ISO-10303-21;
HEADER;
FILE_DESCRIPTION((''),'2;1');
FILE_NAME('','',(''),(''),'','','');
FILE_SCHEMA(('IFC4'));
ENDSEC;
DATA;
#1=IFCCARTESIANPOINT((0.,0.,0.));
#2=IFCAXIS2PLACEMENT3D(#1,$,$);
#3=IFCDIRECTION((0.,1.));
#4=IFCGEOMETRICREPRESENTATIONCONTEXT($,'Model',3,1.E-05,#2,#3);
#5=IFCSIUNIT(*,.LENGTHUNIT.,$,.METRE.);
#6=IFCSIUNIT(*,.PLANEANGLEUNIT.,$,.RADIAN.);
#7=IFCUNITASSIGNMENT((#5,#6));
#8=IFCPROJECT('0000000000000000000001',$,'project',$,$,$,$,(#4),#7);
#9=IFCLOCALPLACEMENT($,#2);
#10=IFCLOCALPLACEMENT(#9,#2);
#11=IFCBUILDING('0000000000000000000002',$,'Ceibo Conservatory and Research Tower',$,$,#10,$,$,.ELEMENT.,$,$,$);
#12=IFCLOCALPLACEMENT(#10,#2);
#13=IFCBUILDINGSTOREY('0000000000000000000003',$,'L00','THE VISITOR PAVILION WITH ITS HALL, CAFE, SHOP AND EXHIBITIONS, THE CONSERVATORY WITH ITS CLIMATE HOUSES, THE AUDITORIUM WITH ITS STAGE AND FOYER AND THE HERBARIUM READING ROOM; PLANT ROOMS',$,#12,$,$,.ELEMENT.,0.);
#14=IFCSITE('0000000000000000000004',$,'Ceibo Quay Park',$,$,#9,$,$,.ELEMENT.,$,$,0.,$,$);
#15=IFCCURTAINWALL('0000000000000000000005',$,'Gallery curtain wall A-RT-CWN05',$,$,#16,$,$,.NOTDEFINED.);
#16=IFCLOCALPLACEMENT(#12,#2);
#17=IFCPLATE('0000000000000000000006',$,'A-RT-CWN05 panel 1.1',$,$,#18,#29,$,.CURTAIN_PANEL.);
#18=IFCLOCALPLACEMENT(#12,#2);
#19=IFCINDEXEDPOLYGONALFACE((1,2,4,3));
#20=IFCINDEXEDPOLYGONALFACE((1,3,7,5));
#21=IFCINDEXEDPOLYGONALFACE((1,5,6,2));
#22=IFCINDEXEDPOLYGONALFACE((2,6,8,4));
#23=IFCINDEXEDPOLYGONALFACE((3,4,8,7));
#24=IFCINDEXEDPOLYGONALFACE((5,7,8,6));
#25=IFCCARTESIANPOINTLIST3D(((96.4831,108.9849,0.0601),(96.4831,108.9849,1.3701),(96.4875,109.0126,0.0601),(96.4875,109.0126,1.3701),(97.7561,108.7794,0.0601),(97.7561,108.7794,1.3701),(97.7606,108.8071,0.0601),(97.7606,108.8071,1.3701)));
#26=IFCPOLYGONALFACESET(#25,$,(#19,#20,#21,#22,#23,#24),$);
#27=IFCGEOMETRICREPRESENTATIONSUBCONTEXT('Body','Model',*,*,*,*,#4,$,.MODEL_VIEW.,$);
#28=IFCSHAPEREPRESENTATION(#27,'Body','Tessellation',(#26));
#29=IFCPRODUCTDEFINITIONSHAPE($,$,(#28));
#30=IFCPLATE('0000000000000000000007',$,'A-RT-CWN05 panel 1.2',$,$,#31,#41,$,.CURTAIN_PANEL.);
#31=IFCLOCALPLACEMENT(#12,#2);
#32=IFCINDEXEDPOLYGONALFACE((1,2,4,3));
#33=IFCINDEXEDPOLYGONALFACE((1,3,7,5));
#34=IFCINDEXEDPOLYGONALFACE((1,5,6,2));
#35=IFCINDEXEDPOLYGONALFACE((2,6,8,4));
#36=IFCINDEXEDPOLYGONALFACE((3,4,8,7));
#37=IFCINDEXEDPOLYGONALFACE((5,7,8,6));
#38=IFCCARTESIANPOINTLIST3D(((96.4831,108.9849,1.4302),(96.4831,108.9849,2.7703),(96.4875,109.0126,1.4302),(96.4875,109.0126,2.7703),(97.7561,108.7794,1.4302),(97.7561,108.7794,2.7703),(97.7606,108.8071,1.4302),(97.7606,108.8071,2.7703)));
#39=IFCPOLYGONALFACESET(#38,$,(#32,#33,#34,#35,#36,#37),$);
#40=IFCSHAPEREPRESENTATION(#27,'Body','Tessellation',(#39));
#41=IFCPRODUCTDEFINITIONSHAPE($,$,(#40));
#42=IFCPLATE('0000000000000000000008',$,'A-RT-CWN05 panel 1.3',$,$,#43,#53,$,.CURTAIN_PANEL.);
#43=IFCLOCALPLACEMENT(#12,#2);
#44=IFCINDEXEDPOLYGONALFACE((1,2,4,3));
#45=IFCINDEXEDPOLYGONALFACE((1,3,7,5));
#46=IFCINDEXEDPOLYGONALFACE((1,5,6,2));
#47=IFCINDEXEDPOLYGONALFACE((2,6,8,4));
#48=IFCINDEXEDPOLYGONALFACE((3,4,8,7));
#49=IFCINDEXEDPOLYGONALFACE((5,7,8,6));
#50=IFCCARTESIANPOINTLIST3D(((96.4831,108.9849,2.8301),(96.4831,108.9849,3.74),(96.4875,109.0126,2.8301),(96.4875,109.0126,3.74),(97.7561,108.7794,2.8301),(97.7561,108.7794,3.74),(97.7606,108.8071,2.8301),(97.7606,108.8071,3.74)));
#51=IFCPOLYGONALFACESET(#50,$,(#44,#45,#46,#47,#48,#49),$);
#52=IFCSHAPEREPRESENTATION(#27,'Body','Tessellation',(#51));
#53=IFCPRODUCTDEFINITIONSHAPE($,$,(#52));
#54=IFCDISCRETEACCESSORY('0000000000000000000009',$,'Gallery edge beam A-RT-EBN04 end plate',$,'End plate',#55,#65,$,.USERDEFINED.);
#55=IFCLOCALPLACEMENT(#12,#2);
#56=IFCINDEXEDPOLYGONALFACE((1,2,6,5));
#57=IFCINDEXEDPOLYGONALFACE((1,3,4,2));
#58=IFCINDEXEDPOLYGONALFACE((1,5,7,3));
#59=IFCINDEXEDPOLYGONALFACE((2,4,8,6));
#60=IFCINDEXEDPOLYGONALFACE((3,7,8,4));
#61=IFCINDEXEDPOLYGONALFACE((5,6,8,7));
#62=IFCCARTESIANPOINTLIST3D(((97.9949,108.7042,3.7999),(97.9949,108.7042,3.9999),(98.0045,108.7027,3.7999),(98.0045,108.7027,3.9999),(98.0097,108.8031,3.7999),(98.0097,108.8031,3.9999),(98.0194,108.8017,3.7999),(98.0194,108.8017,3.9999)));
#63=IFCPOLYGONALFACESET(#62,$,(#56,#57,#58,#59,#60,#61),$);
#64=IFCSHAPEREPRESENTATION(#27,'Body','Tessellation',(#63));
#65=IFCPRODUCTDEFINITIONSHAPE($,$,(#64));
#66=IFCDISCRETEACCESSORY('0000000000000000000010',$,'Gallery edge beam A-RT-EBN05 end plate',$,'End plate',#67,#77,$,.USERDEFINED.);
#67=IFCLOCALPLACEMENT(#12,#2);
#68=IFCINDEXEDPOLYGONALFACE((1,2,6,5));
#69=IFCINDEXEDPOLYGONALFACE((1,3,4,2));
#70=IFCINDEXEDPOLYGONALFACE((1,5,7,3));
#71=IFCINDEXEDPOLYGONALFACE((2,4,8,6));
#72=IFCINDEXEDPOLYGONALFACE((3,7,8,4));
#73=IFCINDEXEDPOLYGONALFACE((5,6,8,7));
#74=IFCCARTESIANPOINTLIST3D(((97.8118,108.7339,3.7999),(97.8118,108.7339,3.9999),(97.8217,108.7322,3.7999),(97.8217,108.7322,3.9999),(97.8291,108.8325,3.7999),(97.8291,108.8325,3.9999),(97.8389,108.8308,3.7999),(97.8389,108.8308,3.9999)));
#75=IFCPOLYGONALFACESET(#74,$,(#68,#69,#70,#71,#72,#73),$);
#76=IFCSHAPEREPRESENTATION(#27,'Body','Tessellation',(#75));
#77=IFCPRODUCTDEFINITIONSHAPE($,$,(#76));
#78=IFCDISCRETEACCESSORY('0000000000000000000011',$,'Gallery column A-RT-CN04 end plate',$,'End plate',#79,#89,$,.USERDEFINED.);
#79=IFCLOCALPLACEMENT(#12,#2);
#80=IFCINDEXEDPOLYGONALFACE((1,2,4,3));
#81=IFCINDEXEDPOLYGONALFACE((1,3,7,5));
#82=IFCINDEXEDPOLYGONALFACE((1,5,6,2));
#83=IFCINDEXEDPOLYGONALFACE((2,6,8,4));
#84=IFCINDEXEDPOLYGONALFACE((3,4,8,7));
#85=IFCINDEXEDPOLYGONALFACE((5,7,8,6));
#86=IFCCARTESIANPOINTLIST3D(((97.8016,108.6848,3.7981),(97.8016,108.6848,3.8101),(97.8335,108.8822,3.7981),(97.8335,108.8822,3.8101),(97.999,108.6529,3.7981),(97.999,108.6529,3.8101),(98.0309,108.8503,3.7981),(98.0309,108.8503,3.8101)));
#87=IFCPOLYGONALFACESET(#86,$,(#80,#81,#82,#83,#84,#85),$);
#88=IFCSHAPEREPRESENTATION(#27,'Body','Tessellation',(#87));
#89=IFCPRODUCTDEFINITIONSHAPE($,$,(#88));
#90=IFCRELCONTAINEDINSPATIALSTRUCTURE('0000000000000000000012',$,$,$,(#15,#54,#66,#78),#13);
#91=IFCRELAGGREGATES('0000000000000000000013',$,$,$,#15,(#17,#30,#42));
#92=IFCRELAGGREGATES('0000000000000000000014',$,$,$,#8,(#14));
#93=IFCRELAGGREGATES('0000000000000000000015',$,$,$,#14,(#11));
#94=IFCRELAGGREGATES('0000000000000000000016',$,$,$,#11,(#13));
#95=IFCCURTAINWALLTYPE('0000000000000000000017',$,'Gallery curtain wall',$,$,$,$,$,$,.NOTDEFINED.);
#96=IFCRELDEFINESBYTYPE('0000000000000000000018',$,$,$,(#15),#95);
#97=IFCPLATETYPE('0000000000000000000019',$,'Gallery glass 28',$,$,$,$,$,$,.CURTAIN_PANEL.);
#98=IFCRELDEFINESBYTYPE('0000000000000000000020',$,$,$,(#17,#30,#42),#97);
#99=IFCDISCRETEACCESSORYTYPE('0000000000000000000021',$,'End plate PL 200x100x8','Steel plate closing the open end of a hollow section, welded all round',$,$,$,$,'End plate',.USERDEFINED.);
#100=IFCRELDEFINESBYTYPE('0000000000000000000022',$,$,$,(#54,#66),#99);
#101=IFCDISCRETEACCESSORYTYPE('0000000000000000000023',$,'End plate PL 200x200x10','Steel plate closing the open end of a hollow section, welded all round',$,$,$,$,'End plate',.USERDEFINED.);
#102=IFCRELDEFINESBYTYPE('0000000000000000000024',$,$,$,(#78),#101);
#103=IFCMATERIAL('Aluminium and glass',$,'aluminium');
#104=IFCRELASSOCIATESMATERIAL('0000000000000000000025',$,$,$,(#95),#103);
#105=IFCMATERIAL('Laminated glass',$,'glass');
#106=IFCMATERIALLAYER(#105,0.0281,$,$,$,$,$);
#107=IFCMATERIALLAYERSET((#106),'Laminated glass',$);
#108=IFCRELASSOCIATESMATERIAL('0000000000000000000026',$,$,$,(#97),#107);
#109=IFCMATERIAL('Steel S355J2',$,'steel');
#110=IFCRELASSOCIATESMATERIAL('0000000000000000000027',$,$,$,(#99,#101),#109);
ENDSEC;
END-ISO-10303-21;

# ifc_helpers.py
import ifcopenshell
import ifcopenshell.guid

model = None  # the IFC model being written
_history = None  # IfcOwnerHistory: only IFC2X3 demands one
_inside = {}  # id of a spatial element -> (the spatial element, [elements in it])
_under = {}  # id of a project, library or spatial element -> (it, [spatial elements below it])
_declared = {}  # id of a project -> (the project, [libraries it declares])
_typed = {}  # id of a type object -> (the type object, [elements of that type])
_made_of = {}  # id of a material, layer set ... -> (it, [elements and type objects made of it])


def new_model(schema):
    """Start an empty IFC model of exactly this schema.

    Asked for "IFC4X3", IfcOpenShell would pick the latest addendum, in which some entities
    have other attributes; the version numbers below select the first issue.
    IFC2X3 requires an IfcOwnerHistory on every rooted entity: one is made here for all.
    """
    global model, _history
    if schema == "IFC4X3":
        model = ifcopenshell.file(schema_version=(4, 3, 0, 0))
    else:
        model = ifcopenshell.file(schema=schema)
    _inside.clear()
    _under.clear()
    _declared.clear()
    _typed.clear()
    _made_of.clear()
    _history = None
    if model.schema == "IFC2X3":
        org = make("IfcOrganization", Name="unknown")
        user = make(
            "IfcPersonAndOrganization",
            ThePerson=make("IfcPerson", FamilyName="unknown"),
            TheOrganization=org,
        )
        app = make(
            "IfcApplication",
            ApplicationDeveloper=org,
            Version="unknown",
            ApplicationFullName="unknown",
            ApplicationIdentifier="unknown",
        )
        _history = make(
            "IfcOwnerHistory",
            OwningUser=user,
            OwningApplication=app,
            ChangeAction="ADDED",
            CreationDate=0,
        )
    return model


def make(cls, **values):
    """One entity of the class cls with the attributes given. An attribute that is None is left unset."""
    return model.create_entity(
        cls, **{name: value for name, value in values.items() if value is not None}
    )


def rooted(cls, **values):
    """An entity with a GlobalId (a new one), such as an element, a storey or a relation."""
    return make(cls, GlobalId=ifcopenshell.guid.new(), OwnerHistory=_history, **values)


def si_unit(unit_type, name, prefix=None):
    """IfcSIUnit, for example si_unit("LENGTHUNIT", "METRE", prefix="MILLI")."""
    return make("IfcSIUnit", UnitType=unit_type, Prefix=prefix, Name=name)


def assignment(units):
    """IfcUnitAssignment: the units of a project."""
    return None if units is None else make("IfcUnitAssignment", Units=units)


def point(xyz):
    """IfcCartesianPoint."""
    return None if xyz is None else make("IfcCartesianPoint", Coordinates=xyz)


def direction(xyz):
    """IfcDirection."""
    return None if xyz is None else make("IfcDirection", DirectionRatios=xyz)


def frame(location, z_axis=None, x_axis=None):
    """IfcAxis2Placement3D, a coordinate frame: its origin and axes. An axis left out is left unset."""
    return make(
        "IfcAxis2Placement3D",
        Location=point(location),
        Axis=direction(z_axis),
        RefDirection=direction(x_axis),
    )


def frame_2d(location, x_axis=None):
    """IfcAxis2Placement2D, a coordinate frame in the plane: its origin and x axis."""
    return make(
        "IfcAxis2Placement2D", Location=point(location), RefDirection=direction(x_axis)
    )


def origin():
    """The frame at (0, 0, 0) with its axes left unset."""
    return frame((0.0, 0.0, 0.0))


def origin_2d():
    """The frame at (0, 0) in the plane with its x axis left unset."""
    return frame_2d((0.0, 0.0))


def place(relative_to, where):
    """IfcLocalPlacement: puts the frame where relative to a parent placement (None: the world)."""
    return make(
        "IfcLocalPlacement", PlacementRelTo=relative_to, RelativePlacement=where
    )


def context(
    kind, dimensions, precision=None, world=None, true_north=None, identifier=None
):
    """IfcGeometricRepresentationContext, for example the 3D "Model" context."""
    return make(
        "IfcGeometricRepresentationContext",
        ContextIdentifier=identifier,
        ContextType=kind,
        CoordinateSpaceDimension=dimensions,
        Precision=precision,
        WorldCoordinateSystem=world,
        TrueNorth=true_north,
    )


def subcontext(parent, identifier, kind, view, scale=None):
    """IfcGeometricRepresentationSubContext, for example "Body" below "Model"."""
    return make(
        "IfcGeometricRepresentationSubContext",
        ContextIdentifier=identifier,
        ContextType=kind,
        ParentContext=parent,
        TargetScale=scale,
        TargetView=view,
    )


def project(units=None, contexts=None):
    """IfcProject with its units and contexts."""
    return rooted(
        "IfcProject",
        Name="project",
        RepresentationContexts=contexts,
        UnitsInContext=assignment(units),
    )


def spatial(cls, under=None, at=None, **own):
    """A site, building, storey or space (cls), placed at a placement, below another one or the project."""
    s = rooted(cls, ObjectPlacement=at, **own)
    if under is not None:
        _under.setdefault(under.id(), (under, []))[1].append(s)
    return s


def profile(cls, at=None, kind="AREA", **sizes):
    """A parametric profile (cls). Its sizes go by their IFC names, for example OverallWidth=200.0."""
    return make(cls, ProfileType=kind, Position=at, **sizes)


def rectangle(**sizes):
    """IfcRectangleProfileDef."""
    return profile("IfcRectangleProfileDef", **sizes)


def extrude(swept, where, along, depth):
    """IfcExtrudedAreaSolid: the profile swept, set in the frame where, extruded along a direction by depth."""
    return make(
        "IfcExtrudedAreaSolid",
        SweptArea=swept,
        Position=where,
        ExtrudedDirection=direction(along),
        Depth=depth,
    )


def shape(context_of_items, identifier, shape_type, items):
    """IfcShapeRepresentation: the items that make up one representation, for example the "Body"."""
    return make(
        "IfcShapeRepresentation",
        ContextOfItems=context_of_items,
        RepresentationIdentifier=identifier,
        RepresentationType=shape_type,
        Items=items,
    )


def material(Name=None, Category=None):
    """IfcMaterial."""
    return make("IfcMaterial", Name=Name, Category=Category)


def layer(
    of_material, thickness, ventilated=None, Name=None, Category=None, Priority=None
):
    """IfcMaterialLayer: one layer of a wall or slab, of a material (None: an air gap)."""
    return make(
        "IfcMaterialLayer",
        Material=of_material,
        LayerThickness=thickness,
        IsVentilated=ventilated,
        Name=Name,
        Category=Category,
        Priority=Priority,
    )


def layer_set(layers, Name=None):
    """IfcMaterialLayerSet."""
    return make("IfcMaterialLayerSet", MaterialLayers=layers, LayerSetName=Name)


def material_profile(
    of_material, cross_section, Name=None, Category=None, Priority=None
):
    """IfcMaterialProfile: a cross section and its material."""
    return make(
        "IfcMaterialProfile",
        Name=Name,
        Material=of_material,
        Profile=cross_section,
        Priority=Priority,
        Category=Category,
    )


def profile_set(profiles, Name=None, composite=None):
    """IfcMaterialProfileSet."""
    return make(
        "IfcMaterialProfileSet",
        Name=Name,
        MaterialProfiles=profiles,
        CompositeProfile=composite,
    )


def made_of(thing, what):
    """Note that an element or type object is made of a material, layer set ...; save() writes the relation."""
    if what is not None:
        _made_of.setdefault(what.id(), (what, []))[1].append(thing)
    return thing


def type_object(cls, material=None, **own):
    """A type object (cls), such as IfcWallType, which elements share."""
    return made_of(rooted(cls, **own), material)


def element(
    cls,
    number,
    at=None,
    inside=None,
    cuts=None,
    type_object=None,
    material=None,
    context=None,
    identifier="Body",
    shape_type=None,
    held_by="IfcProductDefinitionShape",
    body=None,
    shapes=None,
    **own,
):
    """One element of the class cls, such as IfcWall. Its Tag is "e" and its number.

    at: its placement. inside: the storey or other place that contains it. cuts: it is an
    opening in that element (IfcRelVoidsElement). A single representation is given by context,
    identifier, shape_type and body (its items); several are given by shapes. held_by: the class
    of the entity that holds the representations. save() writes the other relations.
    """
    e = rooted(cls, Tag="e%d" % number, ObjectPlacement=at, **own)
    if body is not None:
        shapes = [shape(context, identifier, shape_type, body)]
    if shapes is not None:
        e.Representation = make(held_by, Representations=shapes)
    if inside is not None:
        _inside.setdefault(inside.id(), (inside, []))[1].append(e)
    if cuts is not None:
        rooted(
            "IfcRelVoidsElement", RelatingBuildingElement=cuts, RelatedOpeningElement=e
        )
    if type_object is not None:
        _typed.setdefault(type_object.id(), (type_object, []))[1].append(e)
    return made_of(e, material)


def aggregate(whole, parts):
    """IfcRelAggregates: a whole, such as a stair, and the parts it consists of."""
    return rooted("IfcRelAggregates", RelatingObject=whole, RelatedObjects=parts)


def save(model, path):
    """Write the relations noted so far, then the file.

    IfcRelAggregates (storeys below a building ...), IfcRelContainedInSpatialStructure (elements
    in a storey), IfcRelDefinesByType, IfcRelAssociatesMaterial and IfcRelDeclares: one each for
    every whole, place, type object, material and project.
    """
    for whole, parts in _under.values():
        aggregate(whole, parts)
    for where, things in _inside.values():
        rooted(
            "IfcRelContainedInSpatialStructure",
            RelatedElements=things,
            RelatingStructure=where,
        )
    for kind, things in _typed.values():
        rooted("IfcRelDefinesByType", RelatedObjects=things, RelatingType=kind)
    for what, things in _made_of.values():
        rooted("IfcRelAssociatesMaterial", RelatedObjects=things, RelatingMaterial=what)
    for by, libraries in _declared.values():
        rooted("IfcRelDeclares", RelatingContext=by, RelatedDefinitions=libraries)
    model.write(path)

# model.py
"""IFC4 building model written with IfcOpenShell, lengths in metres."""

from ifc_helpers import new_model, si_unit, direction, frame, origin, origin_2d, place, context, subcontext, project, spatial, rectangle, extrude, material, layer, layer_set, material_profile, profile_set, type_object, element, aggregate, save


model = new_model("IFC4")

# Units and contexts
model_context = context("Model", 3, precision=1e-05, world=origin(), true_north=direction((0.0, 1.0)))
body_context = subcontext(model_context, "Body", "Model", "MODEL_VIEW")
ifc_project = project(units=[si_unit("LENGTHUNIT", "METRE"), si_unit("PLANEANGLEUNIT", "RADIAN")], contexts=[model_context])

# Site, building, storey
site_placement = place(None, origin())
site = spatial("IfcSite", under=ifc_project, at=site_placement, Name="Ceibo Quay Park", CompositionType="ELEMENT", RefElevation=0.0)
building_placement = place(site_placement, origin())
building = spatial("IfcBuilding", under=site, at=building_placement, Name="Ceibo Conservatory and Research Tower", CompositionType="ELEMENT")
storey_placement = place(building_placement, origin())
storey = spatial("IfcBuildingStorey", under=building, at=storey_placement, Name="L00", Description="THE VISITOR PAVILION WITH ITS HALL, CAFE, SHOP AND EXHIBITIONS, THE CONSERVATORY WITH ITS CLIMATE HOUSES, THE AUDITORIUM WITH ITS STAGE AND FOYER AND THE HERBARIUM READING ROOM; PLANT ROOMS", CompositionType="ELEMENT", Elevation=0.0)

# Curtain wall
ifc_material_1 = material(Name="Aluminium and glass", Category="aluminium")
curtain_wall_type = type_object("IfcCurtainWallType", Name="Gallery curtain wall", PredefinedType="NOTDEFINED", material=ifc_material_1)
curtain_wall_1_placement = place(storey_placement, origin())
curtain_wall_1 = element("IfcCurtainWall", 1, at=curtain_wall_1_placement, inside=storey, type_object=curtain_wall_type, Name="Gallery curtain wall A-RT-CWN05", PredefinedType="NOTDEFINED")

# Shared definitions
ifc_material_2 = material(Name="Steel S355J2", Category="steel")

# Plates
ifc_material_3 = material(Name="Laminated glass", Category="glass")
ifc_layer = layer(ifc_material_3, 0.0281)
ifc_layer_set = layer_set([ifc_layer], Name="Laminated glass")
plate_type = type_object("IfcPlateType", Name="Gallery glass 28", PredefinedType="CURTAIN_PANEL", material=ifc_layer_set)
plate_1_placement = place(storey_placement, frame((97.1218, 108.896, 0.0601), z_axis=(0.0, 0.0, 1.0), x_axis=(-0.987216, 0.159391, 0.0)))
plate_1 = element("IfcPlate", 2, at=plate_1_placement, type_object=plate_type, Name="A-RT-CWN05 panel 1.1", PredefinedType="CURTAIN_PANEL", context=body_context, shape_type="SweptSolid", body=[
    extrude(rectangle(XDim=1.2896, YDim=0.0281, at=origin_2d()), origin(), (0.0, 0.0, 1.0), 1.3101),
])
plate_2_placement = place(storey_placement, frame((97.1218, 108.896, 1.4302), z_axis=(0.0, 0.0, 1.0), x_axis=(-0.987216, 0.159391, 0.0)))
plate_2 = element("IfcPlate", 3, at=plate_2_placement, type_object=plate_type, Name="A-RT-CWN05 panel 1.2", PredefinedType="CURTAIN_PANEL", context=body_context, shape_type="SweptSolid", body=[
    extrude(rectangle(XDim=1.2896, YDim=0.0281, at=origin_2d()), origin(), (0.0, 0.0, 1.0), 1.3401),
])
plate_3_placement = place(storey_placement, frame((97.1218, 108.896, 2.8301), z_axis=(0.0, 0.0, 1.0), x_axis=(-0.987216, 0.159391, 0.0)))
plate_3 = element("IfcPlate", 4, at=plate_3_placement, type_object=plate_type, Name="A-RT-CWN05 panel 1.3", PredefinedType="CURTAIN_PANEL", context=body_context, shape_type="SweptSolid", body=[
    extrude(rectangle(XDim=1.2896, YDim=0.0281, at=origin_2d()), origin(), (0.0, 0.0, 1.0), 0.9099),
])
aggregate(curtain_wall_1, [plate_1, plate_2, plate_3])

# Discrete accessories
ifc_material_profile_1 = material_profile(ifc_material_2, rectangle(XDim=0.1001, YDim=0.2, at=origin_2d()), Name="End plate PL 200x100x8")
ifc_profile_set_1 = profile_set([ifc_material_profile_1], Name="Steel S355J2")
discrete_accessory_type_1 = type_object("IfcDiscreteAccessoryType", Name="End plate PL 200x100x8", Description="Steel plate closing the open end of a hollow section, welded all round", ElementType="End plate", PredefinedType="USERDEFINED", material=ifc_profile_set_1)
discrete_accessory_1_placement = place(storey_placement, frame((98.012, 108.7522, 3.8999), z_axis=(-0.988936, 0.14834, 0.0), x_axis=(-0.14834, -0.988936, 0.0)))
element("IfcDiscreteAccessory", 5, at=discrete_accessory_1_placement, inside=storey, type_object=discrete_accessory_type_1, Name="Gallery edge beam A-RT-EBN04 end plate", ObjectType="End plate", PredefinedType="USERDEFINED", context=body_context, shape_type="SweptSolid", body=[
    extrude(rectangle(XDim=0.1001, YDim=0.2, at=origin_2d()), origin(), (0.0, 0.0, 1.0), 0.0098),
])
discrete_accessory_2_placement = place(storey_placement, frame((97.8303, 108.7815, 3.8999), z_axis=(-0.98503, 0.17238, 0.0), x_axis=(-0.17238, -0.98503, 0.0)))
element("IfcDiscreteAccessory", 6, at=discrete_accessory_2_placement, inside=storey, type_object=discrete_accessory_type_1, Name="Gallery edge beam A-RT-EBN05 end plate", ObjectType="End plate", PredefinedType="USERDEFINED", context=body_context, shape_type="SweptSolid", body=[
    extrude(rectangle(XDim=0.1001, YDim=0.2, at=origin_2d()), origin(), (0.0, 0.0, 1.0), 0.01),
])
ifc_material_profile_2 = material_profile(ifc_material_2, rectangle(XDim=0.2, YDim=0.2, at=origin_2d()), Name="End plate PL 200x200x10")
ifc_profile_set_2 = profile_set([ifc_material_profile_2], Name="Steel S355J2")
discrete_accessory_type_2 = type_object("IfcDiscreteAccessoryType", Name="End plate PL 200x200x10", Description="Steel plate closing the open end of a hollow section, welded all round", ElementType="End plate", PredefinedType="USERDEFINED", material=ifc_profile_set_2)
discrete_accessory_3_placement = place(storey_placement, frame((97.9163, 108.7676, 3.7981), z_axis=(0.0, 0.0, 1.0), x_axis=(-0.987216, 0.159391, 0.0)))
element("IfcDiscreteAccessory", 7, at=discrete_accessory_3_placement, inside=storey, type_object=discrete_accessory_type_2, Name="Gallery column A-RT-CN04 end plate", ObjectType="End plate", PredefinedType="USERDEFINED", context=body_context, shape_type="SweptSolid", body=[
    extrude(rectangle(XDim=0.2, YDim=0.2, at=origin_2d()), origin(), (0.0, 0.0, 1.0), 0.012),
])

save(model, "model.ifc")
